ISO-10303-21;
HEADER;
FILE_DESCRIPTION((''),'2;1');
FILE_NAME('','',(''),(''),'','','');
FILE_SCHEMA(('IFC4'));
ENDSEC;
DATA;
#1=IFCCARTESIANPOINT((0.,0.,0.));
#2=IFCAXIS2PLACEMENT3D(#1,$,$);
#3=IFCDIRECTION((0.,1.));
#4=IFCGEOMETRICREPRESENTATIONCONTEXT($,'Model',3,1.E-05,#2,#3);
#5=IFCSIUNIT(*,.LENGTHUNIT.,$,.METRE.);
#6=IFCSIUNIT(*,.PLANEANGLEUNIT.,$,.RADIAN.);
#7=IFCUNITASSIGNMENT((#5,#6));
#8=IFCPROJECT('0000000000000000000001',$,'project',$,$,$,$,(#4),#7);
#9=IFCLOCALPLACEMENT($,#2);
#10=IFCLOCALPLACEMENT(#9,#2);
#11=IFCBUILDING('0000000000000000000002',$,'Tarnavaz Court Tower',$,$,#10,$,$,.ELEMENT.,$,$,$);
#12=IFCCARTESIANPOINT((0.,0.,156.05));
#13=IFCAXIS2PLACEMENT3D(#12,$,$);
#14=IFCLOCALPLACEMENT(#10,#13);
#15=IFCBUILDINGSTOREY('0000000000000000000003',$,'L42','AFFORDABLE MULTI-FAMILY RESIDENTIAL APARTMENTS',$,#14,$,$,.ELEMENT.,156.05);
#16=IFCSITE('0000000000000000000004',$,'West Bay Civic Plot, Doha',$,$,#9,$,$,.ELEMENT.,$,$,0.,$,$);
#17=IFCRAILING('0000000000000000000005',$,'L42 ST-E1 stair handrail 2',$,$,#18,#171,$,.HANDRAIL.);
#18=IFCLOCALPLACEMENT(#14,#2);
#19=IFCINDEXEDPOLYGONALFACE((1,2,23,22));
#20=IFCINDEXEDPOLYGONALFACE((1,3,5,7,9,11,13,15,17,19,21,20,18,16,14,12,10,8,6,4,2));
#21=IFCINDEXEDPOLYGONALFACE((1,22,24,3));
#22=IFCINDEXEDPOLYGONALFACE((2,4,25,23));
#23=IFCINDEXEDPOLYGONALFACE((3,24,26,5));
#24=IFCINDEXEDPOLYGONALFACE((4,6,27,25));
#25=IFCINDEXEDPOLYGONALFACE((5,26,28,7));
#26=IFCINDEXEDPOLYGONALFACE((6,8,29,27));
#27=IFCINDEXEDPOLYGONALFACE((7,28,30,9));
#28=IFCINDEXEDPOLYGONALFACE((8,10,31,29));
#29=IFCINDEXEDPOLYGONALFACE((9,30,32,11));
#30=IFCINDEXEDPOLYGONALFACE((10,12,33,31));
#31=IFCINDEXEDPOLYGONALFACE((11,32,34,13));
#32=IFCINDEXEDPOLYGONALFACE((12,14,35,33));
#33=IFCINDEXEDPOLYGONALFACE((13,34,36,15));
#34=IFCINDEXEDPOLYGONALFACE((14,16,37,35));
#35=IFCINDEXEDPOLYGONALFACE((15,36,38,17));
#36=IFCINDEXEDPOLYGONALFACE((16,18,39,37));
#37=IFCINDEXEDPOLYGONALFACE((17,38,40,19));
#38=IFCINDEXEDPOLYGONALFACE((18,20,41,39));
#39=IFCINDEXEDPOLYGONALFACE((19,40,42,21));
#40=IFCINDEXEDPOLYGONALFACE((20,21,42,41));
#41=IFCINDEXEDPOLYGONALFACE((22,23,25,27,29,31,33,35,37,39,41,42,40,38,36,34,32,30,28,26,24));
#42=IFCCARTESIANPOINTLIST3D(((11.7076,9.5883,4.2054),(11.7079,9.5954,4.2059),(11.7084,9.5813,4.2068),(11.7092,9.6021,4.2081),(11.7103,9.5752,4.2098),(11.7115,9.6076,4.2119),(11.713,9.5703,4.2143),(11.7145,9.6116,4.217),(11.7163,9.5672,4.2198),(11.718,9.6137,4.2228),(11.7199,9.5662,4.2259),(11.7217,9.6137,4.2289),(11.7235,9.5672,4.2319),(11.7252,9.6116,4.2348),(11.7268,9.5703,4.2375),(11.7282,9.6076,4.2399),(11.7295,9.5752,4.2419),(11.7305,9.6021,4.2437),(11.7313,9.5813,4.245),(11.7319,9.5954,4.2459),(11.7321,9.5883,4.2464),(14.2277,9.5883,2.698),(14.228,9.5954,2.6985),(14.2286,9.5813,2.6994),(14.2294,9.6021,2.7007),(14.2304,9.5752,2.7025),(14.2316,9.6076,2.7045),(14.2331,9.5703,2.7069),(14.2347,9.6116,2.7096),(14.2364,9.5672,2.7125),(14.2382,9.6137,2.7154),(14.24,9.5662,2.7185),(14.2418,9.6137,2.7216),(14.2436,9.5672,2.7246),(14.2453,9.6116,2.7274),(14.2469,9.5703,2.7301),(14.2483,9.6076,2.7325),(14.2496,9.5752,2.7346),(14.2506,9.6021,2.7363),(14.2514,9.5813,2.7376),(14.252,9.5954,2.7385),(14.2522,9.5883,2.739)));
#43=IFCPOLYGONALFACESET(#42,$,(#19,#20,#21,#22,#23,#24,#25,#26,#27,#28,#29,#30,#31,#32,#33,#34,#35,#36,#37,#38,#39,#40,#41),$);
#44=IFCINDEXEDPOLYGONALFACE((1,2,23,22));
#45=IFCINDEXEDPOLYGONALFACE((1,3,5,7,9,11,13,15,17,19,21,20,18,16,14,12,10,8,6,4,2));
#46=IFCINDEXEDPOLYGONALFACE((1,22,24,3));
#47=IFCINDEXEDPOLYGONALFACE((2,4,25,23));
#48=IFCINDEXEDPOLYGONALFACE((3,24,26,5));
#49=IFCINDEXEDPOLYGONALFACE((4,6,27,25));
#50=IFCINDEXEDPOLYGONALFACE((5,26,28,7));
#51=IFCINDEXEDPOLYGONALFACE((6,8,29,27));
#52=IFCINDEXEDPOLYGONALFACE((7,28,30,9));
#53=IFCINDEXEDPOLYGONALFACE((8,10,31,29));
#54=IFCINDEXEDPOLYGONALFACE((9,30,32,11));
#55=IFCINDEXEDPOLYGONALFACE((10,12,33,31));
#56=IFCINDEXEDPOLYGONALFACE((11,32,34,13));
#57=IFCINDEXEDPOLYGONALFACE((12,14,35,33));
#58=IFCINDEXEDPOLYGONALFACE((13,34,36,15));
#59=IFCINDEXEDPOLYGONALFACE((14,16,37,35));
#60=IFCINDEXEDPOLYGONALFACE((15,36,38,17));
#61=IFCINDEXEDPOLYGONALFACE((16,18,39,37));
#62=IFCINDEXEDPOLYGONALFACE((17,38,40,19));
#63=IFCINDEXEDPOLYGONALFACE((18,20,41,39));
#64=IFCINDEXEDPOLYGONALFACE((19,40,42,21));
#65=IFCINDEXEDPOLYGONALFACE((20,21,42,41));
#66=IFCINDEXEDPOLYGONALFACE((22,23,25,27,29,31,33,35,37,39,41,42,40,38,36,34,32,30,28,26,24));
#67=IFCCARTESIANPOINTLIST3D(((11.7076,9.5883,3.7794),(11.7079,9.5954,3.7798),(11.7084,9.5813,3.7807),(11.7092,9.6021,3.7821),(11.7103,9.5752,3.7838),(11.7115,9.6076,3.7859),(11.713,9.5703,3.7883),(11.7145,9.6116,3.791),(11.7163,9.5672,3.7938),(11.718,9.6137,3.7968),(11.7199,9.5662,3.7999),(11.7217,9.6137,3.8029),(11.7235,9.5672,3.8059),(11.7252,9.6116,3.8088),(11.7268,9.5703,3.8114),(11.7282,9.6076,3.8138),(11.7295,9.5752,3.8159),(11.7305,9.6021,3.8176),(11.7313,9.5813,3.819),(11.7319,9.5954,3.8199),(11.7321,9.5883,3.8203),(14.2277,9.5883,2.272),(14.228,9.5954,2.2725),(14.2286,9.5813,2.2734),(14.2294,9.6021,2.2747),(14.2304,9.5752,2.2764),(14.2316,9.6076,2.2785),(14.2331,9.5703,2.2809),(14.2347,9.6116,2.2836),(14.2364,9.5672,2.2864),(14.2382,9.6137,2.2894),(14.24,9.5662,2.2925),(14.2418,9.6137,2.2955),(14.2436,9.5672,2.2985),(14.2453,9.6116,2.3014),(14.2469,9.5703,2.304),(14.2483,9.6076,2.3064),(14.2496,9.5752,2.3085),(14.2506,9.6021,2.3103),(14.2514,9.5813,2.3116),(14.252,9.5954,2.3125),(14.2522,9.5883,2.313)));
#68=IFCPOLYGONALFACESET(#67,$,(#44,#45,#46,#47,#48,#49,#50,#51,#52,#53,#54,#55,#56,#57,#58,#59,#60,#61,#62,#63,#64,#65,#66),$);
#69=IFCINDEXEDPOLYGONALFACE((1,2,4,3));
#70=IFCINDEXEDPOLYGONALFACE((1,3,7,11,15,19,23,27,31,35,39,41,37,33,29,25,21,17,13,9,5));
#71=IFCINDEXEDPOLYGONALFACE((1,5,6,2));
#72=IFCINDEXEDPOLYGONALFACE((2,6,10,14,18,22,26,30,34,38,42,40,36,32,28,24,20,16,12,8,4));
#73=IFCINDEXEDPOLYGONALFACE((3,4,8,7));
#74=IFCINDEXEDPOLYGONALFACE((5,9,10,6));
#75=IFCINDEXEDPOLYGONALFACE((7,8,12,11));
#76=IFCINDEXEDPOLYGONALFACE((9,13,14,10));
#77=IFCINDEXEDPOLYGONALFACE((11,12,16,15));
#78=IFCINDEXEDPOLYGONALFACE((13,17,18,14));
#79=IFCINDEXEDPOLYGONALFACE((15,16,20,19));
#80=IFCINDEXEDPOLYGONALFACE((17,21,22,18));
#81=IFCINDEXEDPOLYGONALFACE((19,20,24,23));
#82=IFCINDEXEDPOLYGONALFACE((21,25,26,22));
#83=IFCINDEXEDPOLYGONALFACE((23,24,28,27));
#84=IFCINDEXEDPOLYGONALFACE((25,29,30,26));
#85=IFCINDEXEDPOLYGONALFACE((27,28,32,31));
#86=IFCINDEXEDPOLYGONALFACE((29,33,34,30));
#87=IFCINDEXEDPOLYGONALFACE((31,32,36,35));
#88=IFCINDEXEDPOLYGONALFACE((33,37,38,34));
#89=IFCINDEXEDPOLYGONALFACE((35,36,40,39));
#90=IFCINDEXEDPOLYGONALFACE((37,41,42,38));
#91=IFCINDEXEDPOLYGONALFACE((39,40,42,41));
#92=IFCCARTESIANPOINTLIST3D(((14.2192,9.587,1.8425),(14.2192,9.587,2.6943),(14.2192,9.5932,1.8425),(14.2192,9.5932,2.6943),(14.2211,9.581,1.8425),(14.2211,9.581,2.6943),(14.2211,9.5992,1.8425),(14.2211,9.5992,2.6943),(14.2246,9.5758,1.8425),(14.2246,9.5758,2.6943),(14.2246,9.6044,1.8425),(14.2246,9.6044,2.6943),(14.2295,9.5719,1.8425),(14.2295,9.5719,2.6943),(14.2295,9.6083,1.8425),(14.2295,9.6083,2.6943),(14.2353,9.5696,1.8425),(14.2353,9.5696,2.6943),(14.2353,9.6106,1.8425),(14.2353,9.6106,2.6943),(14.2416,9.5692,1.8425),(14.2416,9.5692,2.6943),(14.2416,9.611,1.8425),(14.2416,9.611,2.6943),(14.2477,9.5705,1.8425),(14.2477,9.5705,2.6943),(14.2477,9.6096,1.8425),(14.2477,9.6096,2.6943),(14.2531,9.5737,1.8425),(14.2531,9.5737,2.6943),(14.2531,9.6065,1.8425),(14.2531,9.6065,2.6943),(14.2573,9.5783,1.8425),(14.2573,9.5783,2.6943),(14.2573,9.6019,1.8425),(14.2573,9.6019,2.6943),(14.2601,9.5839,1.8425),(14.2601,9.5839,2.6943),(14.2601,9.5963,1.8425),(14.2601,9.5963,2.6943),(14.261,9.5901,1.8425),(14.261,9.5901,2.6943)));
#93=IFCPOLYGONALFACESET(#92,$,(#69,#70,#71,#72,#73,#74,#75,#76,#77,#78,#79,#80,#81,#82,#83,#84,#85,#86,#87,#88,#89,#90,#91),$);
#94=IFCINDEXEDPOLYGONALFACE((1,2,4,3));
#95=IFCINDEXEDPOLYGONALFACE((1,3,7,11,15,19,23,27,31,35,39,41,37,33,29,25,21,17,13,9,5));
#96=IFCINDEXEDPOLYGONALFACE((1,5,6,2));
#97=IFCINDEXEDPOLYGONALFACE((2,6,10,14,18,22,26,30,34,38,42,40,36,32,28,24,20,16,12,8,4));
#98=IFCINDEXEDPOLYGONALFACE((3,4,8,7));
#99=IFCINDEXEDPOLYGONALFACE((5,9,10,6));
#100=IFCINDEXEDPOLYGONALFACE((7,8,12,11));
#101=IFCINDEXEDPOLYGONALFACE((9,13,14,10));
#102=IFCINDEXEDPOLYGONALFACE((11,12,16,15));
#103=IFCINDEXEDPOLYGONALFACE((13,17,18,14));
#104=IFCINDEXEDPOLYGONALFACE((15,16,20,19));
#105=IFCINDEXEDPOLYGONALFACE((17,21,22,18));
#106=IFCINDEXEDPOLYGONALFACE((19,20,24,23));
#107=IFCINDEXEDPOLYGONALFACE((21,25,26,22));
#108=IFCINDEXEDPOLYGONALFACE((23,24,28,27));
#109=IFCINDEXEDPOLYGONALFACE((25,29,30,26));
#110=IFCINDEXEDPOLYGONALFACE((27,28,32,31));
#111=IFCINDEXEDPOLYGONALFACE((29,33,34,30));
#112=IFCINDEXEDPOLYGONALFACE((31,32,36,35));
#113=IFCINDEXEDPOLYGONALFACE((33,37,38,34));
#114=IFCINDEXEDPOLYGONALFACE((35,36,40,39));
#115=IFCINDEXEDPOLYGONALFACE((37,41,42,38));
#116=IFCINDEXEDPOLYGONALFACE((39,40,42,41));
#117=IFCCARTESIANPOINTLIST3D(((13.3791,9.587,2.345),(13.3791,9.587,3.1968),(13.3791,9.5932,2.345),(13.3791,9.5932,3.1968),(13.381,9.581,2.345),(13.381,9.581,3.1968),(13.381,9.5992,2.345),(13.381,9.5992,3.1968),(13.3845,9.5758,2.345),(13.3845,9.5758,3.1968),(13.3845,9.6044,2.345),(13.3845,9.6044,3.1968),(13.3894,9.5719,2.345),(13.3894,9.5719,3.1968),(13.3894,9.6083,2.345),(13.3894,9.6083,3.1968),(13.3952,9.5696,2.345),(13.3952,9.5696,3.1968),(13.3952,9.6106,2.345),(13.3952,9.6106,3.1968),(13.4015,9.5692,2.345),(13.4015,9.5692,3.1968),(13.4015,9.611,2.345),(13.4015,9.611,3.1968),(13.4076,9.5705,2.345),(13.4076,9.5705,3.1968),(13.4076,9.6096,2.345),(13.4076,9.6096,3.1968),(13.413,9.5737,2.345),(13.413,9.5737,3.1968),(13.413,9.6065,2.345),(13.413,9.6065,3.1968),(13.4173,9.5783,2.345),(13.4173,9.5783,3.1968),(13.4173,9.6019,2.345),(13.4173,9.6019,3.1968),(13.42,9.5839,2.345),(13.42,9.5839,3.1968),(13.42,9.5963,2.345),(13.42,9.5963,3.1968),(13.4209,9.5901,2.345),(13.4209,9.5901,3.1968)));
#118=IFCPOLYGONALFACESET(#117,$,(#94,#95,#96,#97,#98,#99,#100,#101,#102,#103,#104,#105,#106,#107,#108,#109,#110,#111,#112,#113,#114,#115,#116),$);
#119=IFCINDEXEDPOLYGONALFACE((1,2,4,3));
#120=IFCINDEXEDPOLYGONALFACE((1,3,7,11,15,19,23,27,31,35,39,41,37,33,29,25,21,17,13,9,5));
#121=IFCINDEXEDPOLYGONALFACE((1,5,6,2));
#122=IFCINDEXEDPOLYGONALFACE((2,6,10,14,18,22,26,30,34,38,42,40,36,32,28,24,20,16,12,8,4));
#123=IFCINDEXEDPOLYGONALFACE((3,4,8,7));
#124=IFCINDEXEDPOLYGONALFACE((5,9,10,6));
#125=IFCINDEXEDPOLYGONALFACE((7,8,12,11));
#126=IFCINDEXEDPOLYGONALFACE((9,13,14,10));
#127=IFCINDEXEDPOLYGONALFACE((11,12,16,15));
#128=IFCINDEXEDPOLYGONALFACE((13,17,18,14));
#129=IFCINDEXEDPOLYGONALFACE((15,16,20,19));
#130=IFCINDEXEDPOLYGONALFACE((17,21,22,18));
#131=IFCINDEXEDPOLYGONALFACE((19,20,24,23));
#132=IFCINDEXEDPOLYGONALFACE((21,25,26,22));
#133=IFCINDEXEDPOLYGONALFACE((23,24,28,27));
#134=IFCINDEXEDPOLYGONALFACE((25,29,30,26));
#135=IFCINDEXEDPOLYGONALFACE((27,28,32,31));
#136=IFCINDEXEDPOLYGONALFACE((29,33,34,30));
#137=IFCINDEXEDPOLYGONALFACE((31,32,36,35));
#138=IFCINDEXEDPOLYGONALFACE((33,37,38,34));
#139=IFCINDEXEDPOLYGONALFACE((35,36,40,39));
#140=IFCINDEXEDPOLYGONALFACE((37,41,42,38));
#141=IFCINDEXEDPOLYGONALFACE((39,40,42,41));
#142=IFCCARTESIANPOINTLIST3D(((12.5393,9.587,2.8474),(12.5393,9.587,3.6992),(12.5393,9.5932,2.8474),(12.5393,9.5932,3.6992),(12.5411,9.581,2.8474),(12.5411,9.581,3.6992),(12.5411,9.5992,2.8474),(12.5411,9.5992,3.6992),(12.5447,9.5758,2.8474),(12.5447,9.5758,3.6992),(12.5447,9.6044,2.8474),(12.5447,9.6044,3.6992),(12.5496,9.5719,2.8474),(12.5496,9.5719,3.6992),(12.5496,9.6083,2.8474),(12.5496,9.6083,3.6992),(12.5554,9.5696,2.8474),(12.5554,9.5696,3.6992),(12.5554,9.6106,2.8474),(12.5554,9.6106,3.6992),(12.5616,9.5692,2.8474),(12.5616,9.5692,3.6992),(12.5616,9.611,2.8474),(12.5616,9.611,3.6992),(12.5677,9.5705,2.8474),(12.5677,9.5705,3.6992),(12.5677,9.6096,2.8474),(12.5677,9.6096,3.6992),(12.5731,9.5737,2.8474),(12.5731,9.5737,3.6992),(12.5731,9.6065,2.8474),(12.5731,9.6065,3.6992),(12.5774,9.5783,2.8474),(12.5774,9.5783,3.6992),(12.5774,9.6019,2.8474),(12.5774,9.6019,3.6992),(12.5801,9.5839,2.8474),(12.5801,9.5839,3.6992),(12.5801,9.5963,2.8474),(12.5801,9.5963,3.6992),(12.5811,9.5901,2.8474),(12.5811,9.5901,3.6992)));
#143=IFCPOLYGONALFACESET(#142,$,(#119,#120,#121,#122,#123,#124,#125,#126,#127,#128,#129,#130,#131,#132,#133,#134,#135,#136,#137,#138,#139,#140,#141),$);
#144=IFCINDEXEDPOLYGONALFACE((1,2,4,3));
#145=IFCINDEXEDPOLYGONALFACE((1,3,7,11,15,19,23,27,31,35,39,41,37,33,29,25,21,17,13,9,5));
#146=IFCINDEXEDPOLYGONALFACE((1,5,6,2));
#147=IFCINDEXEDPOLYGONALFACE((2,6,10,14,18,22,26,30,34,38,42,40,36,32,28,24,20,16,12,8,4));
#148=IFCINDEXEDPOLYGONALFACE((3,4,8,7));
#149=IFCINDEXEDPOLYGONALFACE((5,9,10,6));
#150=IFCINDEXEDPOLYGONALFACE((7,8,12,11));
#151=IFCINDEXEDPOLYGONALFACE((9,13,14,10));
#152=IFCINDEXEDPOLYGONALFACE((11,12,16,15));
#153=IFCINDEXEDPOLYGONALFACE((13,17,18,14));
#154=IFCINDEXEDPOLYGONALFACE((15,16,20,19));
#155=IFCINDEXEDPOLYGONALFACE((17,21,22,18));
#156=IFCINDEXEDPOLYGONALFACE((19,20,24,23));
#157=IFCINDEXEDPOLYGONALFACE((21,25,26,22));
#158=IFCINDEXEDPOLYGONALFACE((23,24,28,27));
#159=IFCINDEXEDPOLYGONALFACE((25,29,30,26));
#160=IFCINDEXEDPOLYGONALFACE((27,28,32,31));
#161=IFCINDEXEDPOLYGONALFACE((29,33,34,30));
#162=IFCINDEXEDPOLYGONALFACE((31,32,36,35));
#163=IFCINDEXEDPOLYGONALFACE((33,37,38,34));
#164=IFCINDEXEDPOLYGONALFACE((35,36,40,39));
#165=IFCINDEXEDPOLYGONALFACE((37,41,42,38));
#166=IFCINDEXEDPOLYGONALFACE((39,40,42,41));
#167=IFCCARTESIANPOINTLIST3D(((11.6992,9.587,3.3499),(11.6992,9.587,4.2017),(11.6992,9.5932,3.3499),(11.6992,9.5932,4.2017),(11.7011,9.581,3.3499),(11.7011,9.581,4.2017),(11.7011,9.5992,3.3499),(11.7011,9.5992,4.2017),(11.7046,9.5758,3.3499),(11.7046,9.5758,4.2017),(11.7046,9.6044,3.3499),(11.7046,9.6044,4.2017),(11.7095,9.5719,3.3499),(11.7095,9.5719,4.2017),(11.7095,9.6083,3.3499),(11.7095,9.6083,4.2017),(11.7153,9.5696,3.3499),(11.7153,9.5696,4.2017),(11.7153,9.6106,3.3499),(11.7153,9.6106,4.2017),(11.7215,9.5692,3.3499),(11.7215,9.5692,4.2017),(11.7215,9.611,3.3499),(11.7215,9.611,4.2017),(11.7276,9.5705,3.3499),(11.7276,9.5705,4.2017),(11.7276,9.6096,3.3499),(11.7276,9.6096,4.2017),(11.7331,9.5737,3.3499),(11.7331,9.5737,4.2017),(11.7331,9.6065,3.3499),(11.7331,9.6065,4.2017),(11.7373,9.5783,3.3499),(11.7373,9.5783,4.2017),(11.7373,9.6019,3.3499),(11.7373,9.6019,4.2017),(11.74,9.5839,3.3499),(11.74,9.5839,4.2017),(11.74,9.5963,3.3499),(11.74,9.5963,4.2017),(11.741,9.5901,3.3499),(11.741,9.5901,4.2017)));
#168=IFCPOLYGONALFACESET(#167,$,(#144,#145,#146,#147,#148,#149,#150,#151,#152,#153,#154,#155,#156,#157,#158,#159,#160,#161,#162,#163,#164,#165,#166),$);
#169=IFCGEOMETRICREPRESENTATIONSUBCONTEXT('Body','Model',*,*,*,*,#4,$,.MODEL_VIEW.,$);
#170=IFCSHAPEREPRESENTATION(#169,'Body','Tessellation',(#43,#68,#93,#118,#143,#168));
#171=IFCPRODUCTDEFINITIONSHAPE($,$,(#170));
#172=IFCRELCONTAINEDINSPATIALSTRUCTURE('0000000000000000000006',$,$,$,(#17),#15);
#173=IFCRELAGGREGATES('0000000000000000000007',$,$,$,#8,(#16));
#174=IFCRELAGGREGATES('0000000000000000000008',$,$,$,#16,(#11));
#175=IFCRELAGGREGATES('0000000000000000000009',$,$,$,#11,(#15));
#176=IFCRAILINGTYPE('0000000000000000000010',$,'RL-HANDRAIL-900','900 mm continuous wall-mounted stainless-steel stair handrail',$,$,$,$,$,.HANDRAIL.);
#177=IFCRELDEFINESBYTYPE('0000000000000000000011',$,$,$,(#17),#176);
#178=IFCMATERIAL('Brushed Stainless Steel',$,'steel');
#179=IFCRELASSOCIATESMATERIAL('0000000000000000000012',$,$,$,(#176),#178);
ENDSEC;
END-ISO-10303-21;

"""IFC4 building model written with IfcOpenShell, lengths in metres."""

from ifc_helpers import new_model, si_unit, direction, frame, origin, origin_2d, place, context, subcontext, project, spatial, circle, extrude, material, type_object, element, save


model = new_model("IFC4")

# Units and contexts
model_context = context("Model", 3, precision=1e-05, world=origin(), true_north=direction((0.0, 1.0)))
body_context = subcontext(model_context, "Body", "Model", "MODEL_VIEW")
ifc_project = project(units=[si_unit("LENGTHUNIT", "METRE"), si_unit("PLANEANGLEUNIT", "RADIAN")], contexts=[model_context])

# Site, building, storey
site_placement = place(None, origin())
site = spatial("IfcSite", under=ifc_project, at=site_placement, Name="West Bay Civic Plot, Doha", CompositionType="ELEMENT", RefElevation=0.0)
building_placement = place(site_placement, origin())
building = spatial("IfcBuilding", under=site, at=building_placement, Name="Tarnavaz Court Tower", CompositionType="ELEMENT")
storey_placement = place(building_placement, frame((0.0, 0.0, 156.05)))
storey = spatial("IfcBuildingStorey", under=building, at=storey_placement, Name="L42", Description="AFFORDABLE MULTI-FAMILY RESIDENTIAL APARTMENTS", CompositionType="ELEMENT", Elevation=156.05)

# Railing
ifc_material_1 = material(Name="Brushed Stainless Steel", Category="steel")
railing_type_1 = type_object("IfcRailingType", Name="RL-HANDRAIL-900", Description="900 mm continuous wall-mounted stainless-steel stair handrail", PredefinedType="HANDRAIL", material=ifc_material_1)
railing_1_placement = place(storey_placement, frame((14.24, 9.5901, 1.8425)))
element("IfcRailing", 1, at=railing_1_placement, inside=storey, type_object=railing_type_1, Name="L42 ST-E1 stair handrail 2", PredefinedType="HANDRAIL", context=body_context, shape_type="SweptSolid", body=[
    extrude(circle(Radius=0.0239, at=origin_2d()), frame((0.0, 0.0, 0.876), z_axis=(-0.858196, 0.0, 0.513321), x_axis=(0.0, -1.0, 0.0)), (0.0, 0.0, 1.0), 2.9365),
    extrude(circle(Radius=0.0239, at=origin_2d()), frame((0.0, 0.0, 0.45), z_axis=(-0.858196, 0.0, 0.513321), x_axis=(0.0, -1.0, 0.0)), (0.0, 0.0, 1.0), 2.9365),
    extrude(circle(Radius=0.021, at=origin_2d()), origin(), (0.0, 0.0, 1.0), 0.8518),
    extrude(circle(Radius=0.021, at=origin_2d()), frame((-0.8401, 0.0, 0.5024)), (0.0, 0.0, 1.0), 0.8518),
    extrude(circle(Radius=0.021, at=origin_2d()), frame((-1.6799, 0.0, 1.0049)), (0.0, 0.0, 1.0), 0.8518),
    extrude(circle(Radius=0.021, at=origin_2d()), frame((-2.52, 0.0, 1.5073)), (0.0, 0.0, 1.0), 0.8518),
])

save(model, "model.ifc")
